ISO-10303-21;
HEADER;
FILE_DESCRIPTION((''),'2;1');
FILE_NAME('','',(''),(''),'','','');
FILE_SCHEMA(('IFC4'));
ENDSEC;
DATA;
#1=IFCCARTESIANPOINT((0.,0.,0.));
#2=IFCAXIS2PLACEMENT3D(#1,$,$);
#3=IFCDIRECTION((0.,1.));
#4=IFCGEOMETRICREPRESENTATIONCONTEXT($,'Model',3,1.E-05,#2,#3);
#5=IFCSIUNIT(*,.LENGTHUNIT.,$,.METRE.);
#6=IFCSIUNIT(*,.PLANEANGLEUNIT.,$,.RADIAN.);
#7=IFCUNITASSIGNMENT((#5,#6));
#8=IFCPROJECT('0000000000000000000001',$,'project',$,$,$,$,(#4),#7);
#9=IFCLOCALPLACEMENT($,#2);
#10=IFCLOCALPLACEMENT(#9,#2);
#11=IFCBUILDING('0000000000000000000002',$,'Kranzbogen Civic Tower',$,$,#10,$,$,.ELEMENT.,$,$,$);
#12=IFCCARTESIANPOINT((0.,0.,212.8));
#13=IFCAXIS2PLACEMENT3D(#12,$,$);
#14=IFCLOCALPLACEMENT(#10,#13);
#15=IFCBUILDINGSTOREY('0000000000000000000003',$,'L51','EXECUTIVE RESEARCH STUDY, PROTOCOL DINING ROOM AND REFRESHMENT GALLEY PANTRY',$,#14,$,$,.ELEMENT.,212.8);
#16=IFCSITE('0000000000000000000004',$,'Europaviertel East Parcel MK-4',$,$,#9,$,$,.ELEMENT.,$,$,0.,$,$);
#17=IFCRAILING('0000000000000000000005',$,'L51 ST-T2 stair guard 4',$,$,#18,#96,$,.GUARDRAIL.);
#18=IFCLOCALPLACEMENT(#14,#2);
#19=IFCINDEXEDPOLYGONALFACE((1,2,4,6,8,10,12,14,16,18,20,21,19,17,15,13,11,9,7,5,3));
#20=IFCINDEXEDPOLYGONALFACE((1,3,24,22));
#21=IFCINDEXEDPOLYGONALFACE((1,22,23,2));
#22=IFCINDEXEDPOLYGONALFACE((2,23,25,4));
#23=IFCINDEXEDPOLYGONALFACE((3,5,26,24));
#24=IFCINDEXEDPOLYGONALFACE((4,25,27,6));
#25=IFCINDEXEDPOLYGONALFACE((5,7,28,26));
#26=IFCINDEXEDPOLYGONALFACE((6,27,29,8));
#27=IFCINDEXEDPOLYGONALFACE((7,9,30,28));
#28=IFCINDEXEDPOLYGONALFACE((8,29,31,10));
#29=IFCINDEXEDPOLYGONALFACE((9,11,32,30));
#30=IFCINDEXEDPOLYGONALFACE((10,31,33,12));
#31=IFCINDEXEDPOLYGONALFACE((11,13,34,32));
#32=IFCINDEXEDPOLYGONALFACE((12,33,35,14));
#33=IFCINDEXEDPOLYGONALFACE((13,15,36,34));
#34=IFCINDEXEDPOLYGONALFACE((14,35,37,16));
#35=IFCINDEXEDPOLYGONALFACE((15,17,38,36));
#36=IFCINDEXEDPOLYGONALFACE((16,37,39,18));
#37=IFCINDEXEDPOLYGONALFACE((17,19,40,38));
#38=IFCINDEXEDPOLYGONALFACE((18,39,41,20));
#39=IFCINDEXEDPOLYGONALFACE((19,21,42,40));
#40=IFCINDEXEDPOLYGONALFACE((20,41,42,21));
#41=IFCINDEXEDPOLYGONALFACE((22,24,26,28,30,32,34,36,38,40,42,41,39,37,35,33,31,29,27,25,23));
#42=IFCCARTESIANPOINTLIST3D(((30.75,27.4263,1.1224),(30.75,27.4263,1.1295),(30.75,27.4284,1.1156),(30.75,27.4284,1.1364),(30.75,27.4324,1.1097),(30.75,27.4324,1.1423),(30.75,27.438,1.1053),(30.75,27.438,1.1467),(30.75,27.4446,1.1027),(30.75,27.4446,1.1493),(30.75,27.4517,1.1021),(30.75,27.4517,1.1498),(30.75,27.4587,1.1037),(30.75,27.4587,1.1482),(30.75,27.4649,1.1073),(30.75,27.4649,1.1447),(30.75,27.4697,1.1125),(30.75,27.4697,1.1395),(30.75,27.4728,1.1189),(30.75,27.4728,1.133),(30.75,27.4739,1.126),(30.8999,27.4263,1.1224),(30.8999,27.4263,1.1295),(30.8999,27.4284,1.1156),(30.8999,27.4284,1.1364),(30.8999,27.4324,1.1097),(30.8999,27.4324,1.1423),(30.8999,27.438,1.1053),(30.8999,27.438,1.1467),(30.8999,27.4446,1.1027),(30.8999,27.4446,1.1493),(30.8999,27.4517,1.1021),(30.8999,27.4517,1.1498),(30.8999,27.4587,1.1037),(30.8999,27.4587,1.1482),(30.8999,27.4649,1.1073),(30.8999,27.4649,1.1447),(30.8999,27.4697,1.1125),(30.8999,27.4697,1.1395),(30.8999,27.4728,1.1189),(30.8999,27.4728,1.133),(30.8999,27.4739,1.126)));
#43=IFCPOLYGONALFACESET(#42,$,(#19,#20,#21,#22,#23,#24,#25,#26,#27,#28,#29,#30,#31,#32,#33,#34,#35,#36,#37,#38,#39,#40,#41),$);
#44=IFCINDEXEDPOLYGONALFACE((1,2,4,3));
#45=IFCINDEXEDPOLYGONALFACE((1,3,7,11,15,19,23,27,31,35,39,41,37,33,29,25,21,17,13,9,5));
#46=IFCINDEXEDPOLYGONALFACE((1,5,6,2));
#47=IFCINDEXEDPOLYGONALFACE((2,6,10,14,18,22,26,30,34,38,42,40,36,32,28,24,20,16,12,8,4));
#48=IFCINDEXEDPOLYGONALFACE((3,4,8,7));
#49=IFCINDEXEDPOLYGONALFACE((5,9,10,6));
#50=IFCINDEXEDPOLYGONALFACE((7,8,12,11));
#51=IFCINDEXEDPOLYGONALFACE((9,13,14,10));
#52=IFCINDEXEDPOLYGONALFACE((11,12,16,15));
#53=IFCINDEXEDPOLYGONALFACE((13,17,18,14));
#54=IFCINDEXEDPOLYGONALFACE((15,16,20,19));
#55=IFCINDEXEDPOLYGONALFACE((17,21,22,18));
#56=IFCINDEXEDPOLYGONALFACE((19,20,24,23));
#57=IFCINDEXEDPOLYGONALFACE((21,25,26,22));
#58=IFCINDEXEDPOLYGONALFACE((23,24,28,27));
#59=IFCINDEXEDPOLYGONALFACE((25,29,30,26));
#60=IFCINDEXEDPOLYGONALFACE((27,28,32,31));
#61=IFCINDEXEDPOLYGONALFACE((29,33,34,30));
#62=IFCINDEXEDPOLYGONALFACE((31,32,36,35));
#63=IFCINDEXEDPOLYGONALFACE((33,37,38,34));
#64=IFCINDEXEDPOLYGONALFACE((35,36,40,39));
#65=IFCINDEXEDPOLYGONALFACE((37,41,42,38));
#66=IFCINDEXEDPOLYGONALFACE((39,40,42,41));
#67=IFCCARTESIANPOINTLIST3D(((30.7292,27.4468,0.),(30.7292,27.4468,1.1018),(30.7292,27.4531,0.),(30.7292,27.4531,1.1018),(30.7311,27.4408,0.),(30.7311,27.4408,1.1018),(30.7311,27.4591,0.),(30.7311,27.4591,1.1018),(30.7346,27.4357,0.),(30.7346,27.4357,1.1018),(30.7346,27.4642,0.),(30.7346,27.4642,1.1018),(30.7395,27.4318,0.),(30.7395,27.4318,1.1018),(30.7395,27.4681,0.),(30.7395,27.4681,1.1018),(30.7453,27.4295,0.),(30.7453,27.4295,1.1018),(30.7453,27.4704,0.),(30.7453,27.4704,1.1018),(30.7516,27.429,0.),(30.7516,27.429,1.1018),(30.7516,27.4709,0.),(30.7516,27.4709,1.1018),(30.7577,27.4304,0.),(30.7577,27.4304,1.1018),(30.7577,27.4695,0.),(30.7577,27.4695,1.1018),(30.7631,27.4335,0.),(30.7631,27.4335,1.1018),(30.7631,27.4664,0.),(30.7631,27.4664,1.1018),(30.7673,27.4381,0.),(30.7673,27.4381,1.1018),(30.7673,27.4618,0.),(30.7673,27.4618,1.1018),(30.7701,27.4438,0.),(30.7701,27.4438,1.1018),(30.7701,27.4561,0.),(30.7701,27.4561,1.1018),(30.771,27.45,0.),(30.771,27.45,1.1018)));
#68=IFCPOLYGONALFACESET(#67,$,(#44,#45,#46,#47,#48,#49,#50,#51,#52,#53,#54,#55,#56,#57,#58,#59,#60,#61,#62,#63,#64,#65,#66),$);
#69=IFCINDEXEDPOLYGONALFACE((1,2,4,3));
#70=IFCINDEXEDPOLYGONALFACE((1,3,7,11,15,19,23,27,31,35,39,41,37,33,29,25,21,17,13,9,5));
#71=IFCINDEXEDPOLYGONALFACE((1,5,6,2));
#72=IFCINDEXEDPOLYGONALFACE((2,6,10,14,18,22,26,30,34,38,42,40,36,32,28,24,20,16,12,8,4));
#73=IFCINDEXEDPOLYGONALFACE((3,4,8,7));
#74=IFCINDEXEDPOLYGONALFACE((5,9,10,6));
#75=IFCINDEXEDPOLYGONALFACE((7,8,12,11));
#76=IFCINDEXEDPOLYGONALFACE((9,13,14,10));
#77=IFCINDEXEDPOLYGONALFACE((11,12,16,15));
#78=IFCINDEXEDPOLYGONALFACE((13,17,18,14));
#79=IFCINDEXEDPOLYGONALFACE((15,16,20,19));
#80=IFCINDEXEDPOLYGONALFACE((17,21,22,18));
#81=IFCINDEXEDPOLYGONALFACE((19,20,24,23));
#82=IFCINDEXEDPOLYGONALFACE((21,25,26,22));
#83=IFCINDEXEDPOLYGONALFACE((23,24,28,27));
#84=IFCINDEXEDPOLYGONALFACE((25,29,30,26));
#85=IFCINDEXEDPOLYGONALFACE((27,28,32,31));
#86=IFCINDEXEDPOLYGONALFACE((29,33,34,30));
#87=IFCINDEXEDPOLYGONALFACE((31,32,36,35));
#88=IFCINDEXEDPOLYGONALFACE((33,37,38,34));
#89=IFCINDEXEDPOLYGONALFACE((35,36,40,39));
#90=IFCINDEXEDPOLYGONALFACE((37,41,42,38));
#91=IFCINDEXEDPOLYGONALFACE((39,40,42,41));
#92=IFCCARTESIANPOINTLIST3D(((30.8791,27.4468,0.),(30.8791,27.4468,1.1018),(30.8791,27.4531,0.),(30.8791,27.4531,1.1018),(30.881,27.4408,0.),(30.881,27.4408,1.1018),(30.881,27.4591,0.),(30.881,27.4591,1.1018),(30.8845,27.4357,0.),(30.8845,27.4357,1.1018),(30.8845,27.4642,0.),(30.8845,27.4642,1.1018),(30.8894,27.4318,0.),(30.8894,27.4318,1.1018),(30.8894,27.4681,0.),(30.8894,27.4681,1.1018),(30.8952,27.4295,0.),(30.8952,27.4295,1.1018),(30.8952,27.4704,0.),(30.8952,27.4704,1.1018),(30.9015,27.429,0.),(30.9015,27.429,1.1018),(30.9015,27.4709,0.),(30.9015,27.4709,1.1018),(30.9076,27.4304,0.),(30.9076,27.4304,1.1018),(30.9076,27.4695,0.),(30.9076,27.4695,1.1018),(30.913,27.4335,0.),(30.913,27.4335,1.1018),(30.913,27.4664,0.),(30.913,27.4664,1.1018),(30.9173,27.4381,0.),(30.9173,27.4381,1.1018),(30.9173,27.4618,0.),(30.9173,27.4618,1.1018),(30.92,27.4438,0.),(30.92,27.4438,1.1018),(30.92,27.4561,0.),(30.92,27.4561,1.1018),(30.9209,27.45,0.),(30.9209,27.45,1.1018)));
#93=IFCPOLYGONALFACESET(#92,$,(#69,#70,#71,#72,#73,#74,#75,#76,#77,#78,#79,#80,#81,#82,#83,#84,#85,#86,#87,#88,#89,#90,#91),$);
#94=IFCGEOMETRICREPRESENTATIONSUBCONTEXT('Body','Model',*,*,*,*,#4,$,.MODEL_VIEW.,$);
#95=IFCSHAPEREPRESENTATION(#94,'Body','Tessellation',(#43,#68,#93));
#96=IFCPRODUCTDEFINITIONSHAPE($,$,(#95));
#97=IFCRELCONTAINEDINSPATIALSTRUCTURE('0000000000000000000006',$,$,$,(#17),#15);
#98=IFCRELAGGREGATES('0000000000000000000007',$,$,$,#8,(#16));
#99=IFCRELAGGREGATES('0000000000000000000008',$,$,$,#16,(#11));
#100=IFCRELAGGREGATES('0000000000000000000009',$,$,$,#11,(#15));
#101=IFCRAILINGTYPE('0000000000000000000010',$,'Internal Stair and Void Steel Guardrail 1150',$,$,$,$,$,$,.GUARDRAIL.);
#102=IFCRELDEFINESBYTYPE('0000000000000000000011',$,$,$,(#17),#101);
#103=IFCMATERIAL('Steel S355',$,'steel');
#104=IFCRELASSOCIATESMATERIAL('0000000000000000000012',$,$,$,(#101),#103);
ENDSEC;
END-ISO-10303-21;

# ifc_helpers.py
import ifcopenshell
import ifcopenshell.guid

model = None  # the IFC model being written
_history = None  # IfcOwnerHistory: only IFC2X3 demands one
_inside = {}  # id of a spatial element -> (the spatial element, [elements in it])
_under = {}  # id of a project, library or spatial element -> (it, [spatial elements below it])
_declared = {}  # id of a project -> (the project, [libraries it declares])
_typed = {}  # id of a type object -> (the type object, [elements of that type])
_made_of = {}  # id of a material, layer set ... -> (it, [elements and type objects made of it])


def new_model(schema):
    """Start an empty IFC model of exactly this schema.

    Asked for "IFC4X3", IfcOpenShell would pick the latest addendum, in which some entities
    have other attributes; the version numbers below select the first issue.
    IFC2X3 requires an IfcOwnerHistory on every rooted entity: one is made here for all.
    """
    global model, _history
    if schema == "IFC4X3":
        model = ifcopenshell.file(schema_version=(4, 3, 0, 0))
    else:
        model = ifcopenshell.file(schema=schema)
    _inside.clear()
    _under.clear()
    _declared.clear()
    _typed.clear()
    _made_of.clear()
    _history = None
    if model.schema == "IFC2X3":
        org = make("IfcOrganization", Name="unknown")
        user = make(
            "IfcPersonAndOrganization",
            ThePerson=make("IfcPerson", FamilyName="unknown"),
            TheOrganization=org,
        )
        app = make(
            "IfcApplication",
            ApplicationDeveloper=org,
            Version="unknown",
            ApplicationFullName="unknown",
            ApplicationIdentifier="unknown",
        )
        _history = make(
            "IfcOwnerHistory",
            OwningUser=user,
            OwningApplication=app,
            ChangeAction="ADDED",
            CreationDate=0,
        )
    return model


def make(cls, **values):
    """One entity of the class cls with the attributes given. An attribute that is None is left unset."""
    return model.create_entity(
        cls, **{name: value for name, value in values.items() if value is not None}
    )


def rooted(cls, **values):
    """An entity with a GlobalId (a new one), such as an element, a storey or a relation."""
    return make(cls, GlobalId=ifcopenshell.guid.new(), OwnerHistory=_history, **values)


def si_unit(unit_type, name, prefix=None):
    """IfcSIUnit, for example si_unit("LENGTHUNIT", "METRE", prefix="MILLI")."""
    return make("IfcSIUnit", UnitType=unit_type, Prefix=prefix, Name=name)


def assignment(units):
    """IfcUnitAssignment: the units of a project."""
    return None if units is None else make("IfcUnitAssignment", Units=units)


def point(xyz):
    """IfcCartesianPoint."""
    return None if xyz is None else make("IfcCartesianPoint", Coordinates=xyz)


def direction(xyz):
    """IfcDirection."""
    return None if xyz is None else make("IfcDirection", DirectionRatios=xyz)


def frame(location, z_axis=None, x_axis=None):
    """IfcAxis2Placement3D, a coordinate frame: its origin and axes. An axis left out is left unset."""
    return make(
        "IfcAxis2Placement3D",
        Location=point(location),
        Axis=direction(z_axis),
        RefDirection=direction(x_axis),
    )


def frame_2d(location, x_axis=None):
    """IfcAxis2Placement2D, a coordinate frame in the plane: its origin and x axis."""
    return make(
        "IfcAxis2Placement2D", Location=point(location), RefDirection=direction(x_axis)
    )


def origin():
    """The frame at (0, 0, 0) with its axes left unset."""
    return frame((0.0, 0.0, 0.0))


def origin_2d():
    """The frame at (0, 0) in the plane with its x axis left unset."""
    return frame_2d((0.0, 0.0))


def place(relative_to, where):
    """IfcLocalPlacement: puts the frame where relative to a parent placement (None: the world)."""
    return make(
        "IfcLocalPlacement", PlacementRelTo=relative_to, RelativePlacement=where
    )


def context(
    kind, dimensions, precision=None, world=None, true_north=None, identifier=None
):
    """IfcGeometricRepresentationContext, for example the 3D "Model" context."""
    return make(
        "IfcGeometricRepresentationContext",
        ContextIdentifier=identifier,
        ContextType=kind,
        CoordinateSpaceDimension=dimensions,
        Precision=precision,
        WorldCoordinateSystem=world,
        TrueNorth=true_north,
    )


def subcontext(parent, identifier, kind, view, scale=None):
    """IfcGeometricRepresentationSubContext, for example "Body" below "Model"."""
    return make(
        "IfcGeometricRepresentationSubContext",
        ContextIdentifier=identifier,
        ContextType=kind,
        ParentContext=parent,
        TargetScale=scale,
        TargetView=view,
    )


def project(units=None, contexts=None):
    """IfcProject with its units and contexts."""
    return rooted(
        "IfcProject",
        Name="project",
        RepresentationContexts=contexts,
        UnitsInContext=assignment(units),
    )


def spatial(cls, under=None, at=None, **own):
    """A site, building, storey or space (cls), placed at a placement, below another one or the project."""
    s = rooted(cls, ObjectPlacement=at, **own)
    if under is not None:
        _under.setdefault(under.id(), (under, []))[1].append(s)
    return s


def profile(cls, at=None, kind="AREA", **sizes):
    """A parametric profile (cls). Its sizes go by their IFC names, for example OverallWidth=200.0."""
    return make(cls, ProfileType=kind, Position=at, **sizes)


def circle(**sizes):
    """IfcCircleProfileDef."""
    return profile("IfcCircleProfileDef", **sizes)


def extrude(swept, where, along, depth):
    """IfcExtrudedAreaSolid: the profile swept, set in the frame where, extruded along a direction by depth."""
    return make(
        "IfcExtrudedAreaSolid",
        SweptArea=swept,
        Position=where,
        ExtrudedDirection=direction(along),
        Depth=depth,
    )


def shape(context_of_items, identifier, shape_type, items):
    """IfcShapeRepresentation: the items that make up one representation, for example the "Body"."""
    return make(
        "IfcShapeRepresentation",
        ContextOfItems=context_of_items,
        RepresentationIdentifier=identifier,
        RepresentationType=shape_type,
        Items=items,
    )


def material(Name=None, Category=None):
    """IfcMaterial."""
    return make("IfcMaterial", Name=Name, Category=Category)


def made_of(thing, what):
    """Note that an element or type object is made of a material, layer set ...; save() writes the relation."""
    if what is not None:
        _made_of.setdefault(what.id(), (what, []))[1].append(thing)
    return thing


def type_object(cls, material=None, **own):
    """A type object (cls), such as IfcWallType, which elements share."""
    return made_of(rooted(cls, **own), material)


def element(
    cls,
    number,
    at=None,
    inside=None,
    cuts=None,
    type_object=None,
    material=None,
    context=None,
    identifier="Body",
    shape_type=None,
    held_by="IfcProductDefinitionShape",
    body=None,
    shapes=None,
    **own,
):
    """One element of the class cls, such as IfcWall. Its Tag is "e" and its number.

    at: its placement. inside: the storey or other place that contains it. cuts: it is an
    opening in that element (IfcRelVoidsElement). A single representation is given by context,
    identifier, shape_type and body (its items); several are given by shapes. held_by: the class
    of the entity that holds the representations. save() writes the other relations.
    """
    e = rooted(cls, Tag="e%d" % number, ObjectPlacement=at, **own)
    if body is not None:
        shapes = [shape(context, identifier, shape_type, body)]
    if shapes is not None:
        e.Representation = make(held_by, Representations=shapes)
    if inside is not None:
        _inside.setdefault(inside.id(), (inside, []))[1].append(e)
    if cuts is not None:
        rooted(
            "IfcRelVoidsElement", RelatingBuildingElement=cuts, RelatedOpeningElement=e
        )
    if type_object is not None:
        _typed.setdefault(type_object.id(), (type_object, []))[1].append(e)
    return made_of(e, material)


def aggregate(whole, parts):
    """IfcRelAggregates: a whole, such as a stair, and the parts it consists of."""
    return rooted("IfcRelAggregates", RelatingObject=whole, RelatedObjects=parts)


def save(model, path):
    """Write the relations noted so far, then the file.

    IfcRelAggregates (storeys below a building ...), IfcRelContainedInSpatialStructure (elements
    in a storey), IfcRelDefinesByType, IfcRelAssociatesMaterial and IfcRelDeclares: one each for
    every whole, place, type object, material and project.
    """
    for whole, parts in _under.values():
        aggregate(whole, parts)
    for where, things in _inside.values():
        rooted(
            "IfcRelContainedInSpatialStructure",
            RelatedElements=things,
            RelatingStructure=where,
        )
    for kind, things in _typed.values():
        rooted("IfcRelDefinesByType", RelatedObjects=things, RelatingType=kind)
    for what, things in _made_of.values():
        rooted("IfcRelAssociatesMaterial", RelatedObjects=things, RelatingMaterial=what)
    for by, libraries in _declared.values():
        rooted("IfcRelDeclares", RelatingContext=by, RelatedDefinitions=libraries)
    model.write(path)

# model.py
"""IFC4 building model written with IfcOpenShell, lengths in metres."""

from ifc_helpers import new_model, si_unit, direction, frame, origin, origin_2d, place, context, subcontext, project, spatial, circle, extrude, material, type_object, element, save


model = new_model("IFC4")

# Units and contexts
model_context = context("Model", 3, precision=1e-05, world=origin(), true_north=direction((0.0, 1.0)))
body_context = subcontext(model_context, "Body", "Model", "MODEL_VIEW")
ifc_project = project(units=[si_unit("LENGTHUNIT", "METRE"), si_unit("PLANEANGLEUNIT", "RADIAN")], contexts=[model_context])

# Site, building, storey
site_placement = place(None, origin())
site = spatial("IfcSite", under=ifc_project, at=site_placement, Name="Europaviertel East Parcel MK-4", CompositionType="ELEMENT", RefElevation=0.0)
building_placement = place(site_placement, origin())
building = spatial("IfcBuilding", under=site, at=building_placement, Name="Kranzbogen Civic Tower", CompositionType="ELEMENT")
storey_placement = place(building_placement, frame((0.0, 0.0, 212.8)))
storey = spatial("IfcBuildingStorey", under=building, at=storey_placement, Name="L51", Description="EXECUTIVE RESEARCH STUDY, PROTOCOL DINING ROOM AND REFRESHMENT GALLEY PANTRY", CompositionType="ELEMENT", Elevation=212.8)

# Shared definitions
ifc_material_1 = material(Name="Steel S355", Category="steel")

# Railing
railing_type_1 = type_object("IfcRailingType", Name="Internal Stair and Void Steel Guardrail 1150", PredefinedType="GUARDRAIL", material=ifc_material_1)
railing_1_placement = place(storey_placement, frame((30.75, 27.45, 0.0)))
element("IfcRailing", 1, at=railing_1_placement, inside=storey, type_object=railing_type_1, Name="L51 ST-T2 stair guard 4", PredefinedType="GUARDRAIL", context=body_context, shape_type="SweptSolid", body=[
    extrude(circle(Radius=0.0239, at=origin_2d()), frame((0.0, 0.0, 1.126), z_axis=(1.0, 0.0, 0.0), x_axis=(0.0, 1.0, 0.0)), (0.0, 0.0, 1.0), 0.1499),
    extrude(circle(Radius=0.021, at=origin_2d()), origin(), (0.0, 0.0, 1.0), 1.1018),
    extrude(circle(Radius=0.021, at=origin_2d()), frame((0.1499, 0.0, 0.0)), (0.0, 0.0, 1.0), 1.1018),
])

save(model, "model.ifc")
